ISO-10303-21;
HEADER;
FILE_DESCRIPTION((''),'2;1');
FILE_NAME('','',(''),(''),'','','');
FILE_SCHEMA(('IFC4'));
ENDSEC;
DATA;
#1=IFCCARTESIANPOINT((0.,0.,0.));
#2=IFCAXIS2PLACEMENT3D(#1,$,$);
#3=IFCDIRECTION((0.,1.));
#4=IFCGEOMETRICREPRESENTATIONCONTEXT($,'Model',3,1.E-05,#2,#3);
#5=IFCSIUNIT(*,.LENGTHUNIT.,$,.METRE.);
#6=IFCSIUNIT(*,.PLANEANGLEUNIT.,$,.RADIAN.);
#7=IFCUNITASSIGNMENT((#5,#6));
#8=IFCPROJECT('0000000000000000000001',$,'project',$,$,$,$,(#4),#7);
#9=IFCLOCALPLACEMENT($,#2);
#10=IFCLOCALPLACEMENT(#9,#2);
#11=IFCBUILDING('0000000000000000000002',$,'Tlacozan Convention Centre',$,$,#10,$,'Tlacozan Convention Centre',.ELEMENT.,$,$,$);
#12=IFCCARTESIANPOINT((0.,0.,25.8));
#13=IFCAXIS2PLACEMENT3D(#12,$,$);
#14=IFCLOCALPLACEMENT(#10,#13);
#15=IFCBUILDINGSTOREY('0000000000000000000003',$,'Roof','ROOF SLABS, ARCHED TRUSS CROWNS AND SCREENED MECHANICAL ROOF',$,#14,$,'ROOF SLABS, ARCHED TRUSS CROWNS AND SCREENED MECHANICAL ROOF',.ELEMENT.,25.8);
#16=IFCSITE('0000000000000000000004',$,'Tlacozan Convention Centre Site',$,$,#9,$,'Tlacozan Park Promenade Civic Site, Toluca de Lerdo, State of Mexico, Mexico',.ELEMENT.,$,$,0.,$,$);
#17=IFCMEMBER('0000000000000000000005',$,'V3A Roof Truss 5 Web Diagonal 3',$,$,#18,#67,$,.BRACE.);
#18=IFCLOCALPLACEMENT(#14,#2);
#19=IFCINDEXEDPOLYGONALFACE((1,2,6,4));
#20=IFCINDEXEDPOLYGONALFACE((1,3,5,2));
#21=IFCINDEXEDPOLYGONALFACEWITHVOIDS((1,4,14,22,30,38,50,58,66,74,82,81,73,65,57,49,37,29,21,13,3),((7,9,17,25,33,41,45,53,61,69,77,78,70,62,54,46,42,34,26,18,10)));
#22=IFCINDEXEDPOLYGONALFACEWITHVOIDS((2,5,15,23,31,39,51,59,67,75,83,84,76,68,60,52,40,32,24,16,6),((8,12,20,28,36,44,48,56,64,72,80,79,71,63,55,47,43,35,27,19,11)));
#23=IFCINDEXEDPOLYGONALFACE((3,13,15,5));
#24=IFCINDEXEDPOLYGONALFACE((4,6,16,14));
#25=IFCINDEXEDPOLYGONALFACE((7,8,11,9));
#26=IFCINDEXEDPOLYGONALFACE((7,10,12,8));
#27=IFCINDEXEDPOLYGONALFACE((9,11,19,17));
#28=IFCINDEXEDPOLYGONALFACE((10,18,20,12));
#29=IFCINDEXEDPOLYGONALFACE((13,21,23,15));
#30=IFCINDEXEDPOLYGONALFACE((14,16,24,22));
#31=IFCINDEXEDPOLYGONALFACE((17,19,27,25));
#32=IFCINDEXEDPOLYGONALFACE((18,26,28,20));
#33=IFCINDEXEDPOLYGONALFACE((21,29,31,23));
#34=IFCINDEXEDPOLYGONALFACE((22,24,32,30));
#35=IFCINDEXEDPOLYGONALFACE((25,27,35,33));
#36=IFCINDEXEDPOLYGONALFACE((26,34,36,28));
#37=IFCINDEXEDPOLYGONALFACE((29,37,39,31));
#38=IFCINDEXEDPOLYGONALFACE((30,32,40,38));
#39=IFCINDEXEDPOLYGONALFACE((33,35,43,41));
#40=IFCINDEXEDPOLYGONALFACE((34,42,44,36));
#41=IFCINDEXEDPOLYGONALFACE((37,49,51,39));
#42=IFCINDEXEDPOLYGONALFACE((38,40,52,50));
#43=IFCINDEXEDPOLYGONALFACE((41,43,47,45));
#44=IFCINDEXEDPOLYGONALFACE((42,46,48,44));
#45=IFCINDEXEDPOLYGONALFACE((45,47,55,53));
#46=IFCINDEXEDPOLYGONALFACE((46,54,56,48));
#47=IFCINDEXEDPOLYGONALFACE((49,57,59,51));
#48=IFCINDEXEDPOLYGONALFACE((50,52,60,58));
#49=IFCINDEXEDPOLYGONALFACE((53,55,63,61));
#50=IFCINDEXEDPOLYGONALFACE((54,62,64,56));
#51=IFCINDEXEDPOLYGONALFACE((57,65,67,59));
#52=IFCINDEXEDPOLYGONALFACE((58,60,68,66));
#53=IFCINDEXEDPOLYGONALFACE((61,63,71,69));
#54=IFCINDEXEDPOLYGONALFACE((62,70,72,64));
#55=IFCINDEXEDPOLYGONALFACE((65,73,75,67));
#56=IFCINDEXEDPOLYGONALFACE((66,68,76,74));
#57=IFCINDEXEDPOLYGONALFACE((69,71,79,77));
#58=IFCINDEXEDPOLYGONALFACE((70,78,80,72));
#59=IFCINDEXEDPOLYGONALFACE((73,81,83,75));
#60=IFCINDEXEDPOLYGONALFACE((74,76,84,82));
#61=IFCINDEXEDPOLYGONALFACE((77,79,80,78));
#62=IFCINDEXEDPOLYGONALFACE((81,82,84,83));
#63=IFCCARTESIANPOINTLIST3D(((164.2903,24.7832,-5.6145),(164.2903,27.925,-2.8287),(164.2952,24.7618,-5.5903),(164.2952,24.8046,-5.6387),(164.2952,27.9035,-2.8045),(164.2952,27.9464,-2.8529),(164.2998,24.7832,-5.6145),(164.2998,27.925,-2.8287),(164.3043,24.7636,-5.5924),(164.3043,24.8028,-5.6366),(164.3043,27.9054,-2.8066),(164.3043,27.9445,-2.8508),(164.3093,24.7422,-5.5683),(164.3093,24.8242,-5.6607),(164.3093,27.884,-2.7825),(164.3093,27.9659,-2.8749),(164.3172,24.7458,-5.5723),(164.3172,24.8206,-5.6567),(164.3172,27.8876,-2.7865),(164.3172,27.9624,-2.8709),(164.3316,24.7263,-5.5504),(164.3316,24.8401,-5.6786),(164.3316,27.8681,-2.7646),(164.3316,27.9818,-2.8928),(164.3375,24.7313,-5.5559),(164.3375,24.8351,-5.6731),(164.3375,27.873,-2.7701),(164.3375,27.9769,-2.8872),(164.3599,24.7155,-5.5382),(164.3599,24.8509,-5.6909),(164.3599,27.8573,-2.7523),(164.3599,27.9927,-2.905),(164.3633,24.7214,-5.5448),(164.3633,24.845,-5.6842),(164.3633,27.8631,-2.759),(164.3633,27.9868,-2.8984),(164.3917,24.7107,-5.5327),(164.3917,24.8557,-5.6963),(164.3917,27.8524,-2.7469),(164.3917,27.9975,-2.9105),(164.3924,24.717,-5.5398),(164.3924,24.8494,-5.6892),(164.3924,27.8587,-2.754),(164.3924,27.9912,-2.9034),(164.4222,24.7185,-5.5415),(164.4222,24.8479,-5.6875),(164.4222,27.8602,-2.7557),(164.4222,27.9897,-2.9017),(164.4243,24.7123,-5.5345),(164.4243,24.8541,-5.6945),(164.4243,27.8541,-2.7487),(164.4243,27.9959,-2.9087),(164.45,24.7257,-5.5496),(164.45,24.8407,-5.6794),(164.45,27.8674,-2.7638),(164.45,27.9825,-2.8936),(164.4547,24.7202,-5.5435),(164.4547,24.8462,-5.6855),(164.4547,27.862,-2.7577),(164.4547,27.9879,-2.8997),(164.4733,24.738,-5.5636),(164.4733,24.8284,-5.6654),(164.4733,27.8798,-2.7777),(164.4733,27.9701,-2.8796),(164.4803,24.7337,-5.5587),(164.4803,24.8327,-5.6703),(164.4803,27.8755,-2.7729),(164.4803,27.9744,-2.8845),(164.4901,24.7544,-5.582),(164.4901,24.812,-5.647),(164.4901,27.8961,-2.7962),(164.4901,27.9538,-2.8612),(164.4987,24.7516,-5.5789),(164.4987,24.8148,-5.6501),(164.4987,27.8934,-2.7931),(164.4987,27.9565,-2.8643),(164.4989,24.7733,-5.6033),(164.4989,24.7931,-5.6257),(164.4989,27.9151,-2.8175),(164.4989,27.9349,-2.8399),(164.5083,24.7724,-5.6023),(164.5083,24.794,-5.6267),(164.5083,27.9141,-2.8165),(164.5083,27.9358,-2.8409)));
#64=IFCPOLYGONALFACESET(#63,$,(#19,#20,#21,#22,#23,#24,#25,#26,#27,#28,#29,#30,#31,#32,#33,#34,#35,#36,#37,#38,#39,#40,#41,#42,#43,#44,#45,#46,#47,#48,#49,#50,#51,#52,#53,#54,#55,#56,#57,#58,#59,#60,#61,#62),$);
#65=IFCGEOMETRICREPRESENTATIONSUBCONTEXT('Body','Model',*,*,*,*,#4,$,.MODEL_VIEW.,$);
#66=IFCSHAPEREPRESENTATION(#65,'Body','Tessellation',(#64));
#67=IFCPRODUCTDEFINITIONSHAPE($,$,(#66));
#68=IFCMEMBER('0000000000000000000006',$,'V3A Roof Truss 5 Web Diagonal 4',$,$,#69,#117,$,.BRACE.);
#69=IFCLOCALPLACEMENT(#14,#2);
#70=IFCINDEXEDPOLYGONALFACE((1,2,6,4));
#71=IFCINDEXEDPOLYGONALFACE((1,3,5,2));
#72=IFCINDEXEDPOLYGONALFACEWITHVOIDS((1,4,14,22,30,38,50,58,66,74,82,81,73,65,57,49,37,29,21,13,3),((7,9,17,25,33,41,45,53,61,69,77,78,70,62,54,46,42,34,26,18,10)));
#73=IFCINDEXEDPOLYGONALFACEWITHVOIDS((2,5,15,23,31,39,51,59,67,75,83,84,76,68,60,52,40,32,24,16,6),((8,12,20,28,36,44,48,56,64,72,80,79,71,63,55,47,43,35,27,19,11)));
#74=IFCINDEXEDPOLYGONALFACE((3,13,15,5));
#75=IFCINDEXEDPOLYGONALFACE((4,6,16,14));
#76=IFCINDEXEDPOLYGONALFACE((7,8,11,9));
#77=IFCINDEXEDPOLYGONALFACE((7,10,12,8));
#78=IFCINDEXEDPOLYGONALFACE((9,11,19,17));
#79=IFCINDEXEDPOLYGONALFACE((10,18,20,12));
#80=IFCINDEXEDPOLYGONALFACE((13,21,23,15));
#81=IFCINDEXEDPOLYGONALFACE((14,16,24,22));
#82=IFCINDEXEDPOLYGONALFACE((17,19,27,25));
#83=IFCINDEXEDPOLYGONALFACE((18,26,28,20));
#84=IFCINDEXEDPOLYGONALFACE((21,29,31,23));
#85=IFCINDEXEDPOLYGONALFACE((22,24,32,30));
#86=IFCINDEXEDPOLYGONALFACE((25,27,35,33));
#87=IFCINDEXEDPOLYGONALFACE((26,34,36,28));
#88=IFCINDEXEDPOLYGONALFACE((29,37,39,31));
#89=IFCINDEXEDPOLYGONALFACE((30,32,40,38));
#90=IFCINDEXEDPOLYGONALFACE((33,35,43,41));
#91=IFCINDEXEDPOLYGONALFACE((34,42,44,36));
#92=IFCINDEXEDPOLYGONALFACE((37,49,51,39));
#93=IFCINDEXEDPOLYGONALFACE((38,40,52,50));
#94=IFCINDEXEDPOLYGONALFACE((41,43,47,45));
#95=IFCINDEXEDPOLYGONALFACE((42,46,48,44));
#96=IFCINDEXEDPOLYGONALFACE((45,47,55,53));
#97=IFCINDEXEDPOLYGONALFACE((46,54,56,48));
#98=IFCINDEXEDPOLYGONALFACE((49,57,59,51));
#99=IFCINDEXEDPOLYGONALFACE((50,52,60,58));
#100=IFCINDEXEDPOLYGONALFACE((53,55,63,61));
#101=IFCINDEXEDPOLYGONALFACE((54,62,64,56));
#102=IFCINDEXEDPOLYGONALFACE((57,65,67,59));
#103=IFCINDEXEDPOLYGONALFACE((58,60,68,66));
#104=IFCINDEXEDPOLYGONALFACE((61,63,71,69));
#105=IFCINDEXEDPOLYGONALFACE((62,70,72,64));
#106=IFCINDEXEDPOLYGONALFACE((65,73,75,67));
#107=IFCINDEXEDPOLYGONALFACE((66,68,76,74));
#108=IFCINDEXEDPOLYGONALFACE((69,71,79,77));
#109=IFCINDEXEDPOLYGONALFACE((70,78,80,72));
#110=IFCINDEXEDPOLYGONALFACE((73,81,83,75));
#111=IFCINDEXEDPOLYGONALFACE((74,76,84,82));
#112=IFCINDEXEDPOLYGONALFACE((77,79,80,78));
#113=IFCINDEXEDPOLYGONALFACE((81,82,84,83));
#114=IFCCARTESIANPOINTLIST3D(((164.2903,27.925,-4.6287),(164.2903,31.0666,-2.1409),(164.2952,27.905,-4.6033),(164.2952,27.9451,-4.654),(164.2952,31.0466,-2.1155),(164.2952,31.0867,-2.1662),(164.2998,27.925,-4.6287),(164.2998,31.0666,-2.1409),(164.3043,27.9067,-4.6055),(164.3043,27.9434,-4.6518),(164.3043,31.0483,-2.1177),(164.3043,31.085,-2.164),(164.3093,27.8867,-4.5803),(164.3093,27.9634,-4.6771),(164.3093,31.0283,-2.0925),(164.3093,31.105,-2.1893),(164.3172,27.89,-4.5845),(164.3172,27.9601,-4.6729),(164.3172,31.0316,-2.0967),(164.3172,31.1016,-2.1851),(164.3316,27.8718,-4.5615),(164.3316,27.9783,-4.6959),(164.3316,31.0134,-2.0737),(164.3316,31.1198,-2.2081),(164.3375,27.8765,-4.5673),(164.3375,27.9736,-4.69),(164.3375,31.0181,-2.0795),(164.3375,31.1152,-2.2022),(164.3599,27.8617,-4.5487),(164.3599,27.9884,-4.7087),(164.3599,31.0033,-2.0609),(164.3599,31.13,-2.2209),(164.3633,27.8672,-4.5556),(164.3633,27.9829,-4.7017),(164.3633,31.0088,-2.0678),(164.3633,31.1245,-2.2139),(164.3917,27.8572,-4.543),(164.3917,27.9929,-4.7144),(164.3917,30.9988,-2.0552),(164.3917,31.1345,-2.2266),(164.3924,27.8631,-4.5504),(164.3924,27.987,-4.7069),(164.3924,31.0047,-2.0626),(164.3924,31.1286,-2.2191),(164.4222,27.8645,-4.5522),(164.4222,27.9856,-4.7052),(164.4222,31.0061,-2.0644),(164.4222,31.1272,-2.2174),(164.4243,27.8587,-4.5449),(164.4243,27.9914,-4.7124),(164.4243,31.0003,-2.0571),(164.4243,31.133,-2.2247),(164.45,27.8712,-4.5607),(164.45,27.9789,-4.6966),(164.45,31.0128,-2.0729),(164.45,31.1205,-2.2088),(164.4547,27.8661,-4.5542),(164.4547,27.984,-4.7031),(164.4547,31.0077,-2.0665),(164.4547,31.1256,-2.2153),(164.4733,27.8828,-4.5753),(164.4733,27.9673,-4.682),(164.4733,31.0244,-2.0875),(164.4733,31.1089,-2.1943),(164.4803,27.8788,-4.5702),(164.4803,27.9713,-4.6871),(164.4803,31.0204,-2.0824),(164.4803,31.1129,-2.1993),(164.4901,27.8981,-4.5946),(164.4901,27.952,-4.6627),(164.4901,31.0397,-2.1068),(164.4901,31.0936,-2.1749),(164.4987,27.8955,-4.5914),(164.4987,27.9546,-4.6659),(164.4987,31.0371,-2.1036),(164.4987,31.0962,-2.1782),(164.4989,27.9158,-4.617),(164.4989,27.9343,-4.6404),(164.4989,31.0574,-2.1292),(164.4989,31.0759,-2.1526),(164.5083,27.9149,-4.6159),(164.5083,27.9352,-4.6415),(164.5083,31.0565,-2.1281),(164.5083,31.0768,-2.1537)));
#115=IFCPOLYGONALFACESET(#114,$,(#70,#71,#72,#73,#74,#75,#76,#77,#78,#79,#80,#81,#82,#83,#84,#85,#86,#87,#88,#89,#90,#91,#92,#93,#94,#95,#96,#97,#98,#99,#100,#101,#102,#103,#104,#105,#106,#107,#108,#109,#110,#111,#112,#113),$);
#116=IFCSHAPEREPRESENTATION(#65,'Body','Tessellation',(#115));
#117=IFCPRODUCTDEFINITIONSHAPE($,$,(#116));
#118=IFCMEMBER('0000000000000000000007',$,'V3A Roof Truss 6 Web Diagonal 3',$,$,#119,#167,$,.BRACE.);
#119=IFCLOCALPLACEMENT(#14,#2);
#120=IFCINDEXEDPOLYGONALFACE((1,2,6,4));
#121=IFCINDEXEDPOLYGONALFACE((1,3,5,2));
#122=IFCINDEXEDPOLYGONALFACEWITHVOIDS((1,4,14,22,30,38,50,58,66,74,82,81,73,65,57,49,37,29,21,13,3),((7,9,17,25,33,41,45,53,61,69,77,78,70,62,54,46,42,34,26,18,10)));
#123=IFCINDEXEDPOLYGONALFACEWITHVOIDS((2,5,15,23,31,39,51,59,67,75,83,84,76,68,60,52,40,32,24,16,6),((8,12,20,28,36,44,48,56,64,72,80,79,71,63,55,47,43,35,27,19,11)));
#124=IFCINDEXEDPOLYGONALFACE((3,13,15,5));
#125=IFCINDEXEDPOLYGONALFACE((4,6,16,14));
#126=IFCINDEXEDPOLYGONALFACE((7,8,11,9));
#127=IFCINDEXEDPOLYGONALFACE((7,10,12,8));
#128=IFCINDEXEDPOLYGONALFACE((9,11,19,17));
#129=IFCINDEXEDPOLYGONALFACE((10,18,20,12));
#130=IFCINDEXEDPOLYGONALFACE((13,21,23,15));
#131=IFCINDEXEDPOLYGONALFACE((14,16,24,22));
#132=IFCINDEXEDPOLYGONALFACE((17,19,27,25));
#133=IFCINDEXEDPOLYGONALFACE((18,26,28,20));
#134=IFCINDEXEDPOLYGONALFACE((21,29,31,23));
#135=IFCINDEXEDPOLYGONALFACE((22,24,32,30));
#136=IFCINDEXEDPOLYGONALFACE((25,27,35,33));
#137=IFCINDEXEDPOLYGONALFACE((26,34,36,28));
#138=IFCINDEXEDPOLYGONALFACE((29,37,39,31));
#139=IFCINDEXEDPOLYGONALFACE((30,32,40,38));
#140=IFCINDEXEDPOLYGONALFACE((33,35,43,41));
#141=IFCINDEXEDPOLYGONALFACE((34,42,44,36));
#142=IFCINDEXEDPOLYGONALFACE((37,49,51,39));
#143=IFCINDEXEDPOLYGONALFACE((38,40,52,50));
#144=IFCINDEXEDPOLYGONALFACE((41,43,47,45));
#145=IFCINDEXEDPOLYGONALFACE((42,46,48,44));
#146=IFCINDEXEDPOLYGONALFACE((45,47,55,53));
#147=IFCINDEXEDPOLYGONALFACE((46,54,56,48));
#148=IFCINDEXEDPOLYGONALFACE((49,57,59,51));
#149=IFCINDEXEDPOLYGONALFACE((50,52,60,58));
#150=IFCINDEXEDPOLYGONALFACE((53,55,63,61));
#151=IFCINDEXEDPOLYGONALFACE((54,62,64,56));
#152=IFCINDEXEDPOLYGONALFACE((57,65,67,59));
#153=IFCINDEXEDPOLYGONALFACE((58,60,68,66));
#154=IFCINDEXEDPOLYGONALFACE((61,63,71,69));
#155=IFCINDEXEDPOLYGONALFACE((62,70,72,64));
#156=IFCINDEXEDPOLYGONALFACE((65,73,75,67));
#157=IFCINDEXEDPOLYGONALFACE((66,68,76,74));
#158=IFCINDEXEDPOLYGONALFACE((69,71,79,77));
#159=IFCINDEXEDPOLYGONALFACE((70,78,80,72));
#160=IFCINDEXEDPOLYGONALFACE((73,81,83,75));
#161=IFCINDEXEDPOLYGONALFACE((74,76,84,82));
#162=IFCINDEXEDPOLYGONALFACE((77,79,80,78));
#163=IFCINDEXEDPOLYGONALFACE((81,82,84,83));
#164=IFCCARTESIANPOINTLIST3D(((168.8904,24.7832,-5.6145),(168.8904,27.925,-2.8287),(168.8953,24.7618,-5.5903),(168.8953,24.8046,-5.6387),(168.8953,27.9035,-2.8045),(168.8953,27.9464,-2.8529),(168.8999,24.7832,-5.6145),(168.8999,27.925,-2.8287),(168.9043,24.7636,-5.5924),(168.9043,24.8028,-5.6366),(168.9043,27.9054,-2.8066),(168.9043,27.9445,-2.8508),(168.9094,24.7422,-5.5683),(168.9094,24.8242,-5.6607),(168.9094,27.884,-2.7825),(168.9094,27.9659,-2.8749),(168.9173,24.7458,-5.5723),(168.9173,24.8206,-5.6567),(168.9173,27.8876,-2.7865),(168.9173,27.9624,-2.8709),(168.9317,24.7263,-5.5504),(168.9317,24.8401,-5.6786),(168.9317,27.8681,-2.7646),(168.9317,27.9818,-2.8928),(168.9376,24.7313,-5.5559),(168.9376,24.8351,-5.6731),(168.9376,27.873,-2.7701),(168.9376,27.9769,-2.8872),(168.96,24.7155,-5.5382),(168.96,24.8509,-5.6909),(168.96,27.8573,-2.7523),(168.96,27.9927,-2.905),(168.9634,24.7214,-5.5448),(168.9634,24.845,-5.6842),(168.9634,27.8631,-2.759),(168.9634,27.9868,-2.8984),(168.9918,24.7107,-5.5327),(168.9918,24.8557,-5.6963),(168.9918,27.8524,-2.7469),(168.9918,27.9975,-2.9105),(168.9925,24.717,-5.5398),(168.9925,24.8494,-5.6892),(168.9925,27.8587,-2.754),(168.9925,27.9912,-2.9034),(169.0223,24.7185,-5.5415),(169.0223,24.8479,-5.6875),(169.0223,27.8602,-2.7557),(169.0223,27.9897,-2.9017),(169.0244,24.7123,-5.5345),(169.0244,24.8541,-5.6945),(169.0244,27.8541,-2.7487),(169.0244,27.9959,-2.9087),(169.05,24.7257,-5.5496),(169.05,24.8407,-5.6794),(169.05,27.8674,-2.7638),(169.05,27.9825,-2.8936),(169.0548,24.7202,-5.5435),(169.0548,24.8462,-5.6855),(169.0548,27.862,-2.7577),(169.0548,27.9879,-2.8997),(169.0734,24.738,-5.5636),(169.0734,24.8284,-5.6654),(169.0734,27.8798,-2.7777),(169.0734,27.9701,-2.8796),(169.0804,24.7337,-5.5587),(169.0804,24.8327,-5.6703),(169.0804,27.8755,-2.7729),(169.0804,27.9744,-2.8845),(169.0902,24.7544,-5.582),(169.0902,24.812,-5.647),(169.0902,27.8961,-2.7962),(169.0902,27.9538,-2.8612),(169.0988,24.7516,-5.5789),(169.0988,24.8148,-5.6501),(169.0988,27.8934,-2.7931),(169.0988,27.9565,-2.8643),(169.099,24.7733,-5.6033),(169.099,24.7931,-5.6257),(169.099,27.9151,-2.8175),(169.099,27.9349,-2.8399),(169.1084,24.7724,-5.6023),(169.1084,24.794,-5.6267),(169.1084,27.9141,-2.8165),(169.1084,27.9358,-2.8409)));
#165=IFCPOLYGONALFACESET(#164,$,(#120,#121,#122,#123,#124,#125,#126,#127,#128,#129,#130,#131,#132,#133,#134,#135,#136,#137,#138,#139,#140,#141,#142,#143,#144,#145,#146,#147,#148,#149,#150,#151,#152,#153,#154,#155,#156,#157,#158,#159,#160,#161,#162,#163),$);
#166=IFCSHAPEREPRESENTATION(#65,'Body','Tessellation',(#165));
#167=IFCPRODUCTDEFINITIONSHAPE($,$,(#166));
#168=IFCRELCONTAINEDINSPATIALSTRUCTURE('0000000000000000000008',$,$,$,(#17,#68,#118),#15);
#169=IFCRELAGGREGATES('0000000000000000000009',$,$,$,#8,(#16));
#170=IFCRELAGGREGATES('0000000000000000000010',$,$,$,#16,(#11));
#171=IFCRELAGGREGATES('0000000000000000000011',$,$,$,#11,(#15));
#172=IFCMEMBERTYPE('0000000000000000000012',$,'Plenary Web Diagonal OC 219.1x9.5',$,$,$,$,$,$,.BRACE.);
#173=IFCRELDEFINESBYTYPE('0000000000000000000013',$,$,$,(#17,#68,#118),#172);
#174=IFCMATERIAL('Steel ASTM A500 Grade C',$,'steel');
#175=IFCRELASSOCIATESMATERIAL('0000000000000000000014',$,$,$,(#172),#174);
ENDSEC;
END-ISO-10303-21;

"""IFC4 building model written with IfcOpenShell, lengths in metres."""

from ifc_helpers import new_model, si_unit, direction, frame, origin, origin_2d, place, context, subcontext, project, spatial, hollow_circle, extrude, material, material_profile, profile_set, type_object, element, save


model = new_model("IFC4")

# Units and contexts
model_context = context("Model", 3, precision=1e-05, world=origin(), true_north=direction((0.0, 1.0)))
body_context = subcontext(model_context, "Body", "Model", "MODEL_VIEW")
ifc_project = project(units=[si_unit("LENGTHUNIT", "METRE"), si_unit("PLANEANGLEUNIT", "RADIAN")], contexts=[model_context])

# Site, building, storey
site_placement = place(None, origin())
site = spatial("IfcSite", under=ifc_project, at=site_placement, Name="Tlacozan Convention Centre Site", LongName="Tlacozan Park Promenade Civic Site, Toluca de Lerdo, State of Mexico, Mexico", CompositionType="ELEMENT", RefElevation=0.0)
building_placement = place(site_placement, origin())
building = spatial("IfcBuilding", under=site, at=building_placement, Name="Tlacozan Convention Centre", LongName="Tlacozan Convention Centre", CompositionType="ELEMENT")
storey_placement = place(building_placement, frame((0.0, 0.0, 25.8)))
storey = spatial("IfcBuildingStorey", under=building, at=storey_placement, Name="Roof", Description="ROOF SLABS, ARCHED TRUSS CROWNS AND SCREENED MECHANICAL ROOF", LongName="ROOF SLABS, ARCHED TRUSS CROWNS AND SCREENED MECHANICAL ROOF", CompositionType="ELEMENT", Elevation=25.8)

# Members
ifc_material_1 = material(Name="Steel ASTM A500 Grade C", Category="steel")
ifc_material_profile_1 = material_profile(ifc_material_1, hollow_circle(Radius=0.1096, WallThickness=0.0095, at=origin_2d()), Name="OC 219.1x9.5")
ifc_profile_set_1 = profile_set([ifc_material_profile_1], Name="Steel ASTM A500 Grade C")
member_type_1 = type_object("IfcMemberType", Name="Plenary Web Diagonal OC 219.1x9.5", PredefinedType="BRACE", material=ifc_profile_set_1)
member_1_placement = place(storey_placement, frame((164.3999, 24.7832, -5.6145), z_axis=(0.0, 0.74822, 0.66345), x_axis=(-1.0, 0.0, 0.0)))
element("IfcMember", 1, at=member_1_placement, inside=storey, type_object=member_type_1, Name="V3A Roof Truss 5 Web Diagonal 3", PredefinedType="BRACE", context=body_context, shape_type="SweptSolid", body=[
    extrude(hollow_circle(Radius=0.1096, WallThickness=0.0095, at=origin_2d()), origin(), (0.0, 0.0, 1.0), 4.199),
])
member_2_placement = place(storey_placement, frame((164.3999, 27.925, -4.6287), z_axis=(0.0, 0.783962, 0.620809), x_axis=(-1.0, 0.0, 0.0)))
element("IfcMember", 2, at=member_2_placement, inside=storey, type_object=member_type_1, Name="V3A Roof Truss 5 Web Diagonal 4", PredefinedType="BRACE", context=body_context, shape_type="SweptSolid", body=[
    extrude(hollow_circle(Radius=0.1096, WallThickness=0.0095, at=origin_2d()), origin(), (0.0, 0.0, 1.0), 4.0073),
])
member_3_placement = place(storey_placement, frame((169.0, 24.7832, -5.6145), z_axis=(0.0, 0.74822, 0.66345), x_axis=(-1.0, 0.0, 0.0)))
element("IfcMember", 3, at=member_3_placement, inside=storey, type_object=member_type_1, Name="V3A Roof Truss 6 Web Diagonal 3", PredefinedType="BRACE", context=body_context, shape_type="SweptSolid", body=[
    extrude(hollow_circle(Radius=0.1096, WallThickness=0.0095, at=origin_2d()), origin(), (0.0, 0.0, 1.0), 4.199),
])

save(model, "model.ifc")
